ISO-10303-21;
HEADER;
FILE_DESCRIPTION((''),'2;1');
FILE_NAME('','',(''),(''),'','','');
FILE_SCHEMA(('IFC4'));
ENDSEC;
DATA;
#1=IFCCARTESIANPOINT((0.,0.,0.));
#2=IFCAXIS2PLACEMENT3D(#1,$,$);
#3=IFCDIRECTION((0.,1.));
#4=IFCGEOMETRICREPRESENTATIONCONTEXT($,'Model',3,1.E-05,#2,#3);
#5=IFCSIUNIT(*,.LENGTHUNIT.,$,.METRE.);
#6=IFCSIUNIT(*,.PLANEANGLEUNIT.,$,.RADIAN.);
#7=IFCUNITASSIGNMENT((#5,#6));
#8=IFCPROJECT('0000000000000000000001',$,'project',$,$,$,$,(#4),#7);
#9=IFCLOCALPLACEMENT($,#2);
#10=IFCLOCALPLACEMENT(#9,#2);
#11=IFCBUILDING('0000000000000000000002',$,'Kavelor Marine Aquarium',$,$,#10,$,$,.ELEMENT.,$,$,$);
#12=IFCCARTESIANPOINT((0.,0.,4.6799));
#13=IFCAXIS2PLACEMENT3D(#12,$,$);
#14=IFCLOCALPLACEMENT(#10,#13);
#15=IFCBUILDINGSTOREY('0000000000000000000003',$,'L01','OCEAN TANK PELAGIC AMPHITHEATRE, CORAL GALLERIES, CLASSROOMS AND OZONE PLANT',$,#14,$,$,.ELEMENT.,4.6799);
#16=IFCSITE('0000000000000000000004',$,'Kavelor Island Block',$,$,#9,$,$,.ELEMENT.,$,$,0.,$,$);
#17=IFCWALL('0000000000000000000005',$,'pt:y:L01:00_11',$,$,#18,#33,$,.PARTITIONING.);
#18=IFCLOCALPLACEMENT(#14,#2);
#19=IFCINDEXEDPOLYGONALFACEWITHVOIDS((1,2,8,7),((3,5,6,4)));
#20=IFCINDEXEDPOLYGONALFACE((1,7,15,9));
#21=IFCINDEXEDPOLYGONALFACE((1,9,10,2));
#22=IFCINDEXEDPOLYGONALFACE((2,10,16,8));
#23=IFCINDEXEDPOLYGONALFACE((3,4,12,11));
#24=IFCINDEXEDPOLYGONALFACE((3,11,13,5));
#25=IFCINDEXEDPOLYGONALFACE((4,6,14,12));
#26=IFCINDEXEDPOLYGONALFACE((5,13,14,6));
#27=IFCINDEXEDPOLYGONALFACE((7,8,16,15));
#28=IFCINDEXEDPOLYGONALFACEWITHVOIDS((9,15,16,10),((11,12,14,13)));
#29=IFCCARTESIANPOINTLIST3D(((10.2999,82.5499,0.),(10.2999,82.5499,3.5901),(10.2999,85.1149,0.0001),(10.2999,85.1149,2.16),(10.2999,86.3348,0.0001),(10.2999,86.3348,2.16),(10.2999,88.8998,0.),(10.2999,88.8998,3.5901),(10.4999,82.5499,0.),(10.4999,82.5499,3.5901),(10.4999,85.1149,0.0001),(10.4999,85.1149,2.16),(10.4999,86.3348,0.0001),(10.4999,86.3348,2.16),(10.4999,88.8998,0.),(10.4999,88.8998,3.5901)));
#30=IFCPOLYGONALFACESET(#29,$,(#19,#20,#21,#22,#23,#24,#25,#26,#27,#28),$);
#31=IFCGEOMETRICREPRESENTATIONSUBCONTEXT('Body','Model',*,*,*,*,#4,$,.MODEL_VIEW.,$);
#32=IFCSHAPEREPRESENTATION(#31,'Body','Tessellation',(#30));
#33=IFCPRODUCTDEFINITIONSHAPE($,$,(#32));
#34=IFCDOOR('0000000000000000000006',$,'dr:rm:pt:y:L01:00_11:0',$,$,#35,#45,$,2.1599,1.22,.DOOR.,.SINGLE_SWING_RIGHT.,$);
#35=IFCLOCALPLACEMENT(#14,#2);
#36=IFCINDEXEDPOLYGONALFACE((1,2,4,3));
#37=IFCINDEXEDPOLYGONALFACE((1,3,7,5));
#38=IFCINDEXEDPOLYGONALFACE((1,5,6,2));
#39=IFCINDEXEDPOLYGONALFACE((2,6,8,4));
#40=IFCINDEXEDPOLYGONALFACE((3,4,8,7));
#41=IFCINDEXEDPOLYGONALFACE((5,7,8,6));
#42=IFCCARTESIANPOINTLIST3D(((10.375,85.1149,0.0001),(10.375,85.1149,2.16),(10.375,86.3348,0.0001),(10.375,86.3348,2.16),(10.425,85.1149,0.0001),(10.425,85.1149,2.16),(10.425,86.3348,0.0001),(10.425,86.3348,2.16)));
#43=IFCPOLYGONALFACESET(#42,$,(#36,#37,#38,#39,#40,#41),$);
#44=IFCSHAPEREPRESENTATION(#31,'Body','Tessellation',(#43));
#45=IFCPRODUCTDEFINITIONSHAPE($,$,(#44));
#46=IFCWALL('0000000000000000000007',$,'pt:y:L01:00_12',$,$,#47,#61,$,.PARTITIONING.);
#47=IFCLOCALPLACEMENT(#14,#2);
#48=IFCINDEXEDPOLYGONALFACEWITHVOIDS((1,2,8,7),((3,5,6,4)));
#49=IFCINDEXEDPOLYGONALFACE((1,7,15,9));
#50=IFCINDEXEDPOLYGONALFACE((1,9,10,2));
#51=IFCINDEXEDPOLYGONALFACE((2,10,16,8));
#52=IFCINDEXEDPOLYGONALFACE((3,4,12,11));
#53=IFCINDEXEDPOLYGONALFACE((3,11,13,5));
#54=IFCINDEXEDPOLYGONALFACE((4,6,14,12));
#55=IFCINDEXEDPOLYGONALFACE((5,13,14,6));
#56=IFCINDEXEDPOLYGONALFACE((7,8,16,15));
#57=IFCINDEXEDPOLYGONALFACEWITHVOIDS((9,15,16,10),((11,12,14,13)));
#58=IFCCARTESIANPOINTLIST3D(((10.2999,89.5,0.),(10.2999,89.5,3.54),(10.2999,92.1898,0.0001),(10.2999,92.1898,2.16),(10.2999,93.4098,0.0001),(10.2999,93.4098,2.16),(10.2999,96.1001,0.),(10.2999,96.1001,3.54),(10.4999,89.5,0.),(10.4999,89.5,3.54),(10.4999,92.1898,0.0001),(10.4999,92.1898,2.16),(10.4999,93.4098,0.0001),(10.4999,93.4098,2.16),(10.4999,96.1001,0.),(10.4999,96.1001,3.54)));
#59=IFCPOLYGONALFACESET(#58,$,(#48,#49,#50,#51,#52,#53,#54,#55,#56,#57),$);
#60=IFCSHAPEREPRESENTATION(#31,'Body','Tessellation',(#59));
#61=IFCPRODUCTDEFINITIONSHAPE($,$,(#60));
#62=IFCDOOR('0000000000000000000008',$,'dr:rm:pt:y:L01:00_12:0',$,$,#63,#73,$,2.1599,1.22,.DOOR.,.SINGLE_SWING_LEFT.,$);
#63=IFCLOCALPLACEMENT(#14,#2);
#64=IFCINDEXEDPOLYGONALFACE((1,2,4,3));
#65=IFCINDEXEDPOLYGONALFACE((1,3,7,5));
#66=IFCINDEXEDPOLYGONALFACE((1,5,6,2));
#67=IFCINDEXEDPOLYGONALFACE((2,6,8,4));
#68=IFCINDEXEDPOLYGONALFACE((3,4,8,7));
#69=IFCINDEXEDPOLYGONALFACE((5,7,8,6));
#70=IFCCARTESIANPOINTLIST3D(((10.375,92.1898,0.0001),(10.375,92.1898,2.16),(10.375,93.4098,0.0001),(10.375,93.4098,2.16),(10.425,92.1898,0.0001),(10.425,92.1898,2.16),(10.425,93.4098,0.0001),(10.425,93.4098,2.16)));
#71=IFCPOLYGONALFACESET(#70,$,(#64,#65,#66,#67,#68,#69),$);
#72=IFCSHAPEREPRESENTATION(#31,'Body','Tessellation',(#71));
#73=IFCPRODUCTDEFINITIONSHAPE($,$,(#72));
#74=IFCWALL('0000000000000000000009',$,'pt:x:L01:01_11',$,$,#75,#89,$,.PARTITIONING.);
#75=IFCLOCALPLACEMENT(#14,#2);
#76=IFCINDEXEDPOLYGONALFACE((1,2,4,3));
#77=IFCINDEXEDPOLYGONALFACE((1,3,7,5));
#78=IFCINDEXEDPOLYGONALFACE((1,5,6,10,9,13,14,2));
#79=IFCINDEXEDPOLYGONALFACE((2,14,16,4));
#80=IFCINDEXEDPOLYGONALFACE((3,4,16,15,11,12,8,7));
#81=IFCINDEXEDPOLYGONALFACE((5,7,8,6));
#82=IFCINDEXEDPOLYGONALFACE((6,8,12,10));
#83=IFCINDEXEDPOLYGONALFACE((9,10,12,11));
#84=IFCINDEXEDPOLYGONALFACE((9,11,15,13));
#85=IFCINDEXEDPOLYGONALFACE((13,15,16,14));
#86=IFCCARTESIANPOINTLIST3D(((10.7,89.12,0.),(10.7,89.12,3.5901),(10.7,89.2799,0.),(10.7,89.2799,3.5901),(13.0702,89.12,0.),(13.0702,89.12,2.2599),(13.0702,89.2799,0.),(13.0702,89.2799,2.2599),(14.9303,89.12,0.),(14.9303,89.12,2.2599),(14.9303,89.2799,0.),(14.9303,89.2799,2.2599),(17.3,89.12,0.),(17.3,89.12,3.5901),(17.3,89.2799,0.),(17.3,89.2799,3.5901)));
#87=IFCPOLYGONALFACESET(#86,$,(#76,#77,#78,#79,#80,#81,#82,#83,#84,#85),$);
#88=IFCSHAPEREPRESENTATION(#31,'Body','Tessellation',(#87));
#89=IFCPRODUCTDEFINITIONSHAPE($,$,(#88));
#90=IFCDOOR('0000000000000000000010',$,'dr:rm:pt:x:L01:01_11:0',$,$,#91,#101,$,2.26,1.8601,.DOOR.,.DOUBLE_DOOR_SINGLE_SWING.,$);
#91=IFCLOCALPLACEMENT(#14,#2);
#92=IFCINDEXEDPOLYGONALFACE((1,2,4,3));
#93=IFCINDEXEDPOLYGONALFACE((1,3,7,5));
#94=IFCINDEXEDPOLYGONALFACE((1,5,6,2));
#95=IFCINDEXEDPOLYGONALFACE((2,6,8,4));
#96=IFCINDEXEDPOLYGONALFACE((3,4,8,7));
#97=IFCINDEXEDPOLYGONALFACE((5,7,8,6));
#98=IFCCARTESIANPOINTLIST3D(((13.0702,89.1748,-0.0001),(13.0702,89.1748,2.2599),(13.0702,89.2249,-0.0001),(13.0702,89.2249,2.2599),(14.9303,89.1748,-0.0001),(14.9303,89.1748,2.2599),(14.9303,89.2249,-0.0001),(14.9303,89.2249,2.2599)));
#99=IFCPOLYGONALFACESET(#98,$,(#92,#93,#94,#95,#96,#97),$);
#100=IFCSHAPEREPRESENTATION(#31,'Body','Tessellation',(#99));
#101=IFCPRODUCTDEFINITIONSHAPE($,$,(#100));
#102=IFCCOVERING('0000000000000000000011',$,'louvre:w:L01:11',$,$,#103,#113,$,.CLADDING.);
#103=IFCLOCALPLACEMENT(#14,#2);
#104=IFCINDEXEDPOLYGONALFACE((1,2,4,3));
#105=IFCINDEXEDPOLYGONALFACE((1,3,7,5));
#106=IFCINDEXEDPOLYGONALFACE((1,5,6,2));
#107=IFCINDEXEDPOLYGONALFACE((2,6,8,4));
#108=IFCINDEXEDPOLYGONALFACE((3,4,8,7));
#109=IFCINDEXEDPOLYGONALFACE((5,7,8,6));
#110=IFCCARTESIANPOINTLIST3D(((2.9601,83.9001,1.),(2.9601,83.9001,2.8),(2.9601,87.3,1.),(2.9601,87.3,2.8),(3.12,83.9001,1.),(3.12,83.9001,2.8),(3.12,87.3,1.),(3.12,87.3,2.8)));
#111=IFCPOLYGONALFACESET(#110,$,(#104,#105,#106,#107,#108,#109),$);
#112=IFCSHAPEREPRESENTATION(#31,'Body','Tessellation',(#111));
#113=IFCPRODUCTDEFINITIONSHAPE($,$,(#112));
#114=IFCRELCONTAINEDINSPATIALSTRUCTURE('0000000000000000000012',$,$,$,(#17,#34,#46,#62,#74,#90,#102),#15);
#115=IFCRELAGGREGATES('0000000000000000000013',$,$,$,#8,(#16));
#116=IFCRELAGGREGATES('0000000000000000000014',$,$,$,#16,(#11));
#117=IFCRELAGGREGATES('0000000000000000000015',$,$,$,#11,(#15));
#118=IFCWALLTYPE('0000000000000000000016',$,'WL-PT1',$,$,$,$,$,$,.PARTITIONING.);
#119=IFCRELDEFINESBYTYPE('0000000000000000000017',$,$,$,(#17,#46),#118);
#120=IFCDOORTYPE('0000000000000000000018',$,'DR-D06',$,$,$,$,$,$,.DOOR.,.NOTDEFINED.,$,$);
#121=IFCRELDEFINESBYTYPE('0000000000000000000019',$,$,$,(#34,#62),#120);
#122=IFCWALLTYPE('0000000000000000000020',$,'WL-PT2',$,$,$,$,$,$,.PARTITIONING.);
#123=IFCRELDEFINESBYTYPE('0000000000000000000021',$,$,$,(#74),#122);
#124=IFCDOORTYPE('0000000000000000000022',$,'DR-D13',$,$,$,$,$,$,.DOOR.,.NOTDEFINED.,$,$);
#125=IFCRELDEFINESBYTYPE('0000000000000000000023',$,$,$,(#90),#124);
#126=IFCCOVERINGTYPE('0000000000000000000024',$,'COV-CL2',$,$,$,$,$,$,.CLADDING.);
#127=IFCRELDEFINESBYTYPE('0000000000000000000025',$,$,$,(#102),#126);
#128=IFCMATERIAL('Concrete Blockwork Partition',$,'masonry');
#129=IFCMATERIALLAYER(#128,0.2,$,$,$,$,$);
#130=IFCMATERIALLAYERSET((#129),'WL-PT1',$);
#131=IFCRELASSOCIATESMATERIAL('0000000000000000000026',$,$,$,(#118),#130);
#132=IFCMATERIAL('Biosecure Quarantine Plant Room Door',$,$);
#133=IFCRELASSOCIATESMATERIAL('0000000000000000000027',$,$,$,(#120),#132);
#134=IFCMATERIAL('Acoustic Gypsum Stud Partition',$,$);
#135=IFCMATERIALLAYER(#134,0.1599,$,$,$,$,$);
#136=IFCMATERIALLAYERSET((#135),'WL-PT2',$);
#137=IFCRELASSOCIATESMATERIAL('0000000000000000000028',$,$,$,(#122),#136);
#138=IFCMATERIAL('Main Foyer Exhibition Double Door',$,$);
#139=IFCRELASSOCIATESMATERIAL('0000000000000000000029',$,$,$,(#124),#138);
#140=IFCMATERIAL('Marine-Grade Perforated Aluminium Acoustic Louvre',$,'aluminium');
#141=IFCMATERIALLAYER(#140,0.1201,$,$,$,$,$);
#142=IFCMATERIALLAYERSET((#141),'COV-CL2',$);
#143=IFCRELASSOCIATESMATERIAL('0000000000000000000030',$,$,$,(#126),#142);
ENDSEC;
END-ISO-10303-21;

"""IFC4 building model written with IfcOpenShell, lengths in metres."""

from ifc_helpers import new_model, si_unit, direction, frame, frame_2d, origin, origin_2d, place, context, subcontext, project, spatial, rectangle, extrude, material, layer, layer_set, type_object, element, fill, save


model = new_model("IFC4")

# Units and contexts
model_context = context("Model", 3, precision=1e-05, world=origin(), true_north=direction((0.0, 1.0)))
body_context = subcontext(model_context, "Body", "Model", "MODEL_VIEW")
ifc_project = project(units=[si_unit("LENGTHUNIT", "METRE"), si_unit("PLANEANGLEUNIT", "RADIAN")], contexts=[model_context])

# Site, building, storey
site_placement = place(None, origin())
site = spatial("IfcSite", under=ifc_project, at=site_placement, Name="Kavelor Island Block", CompositionType="ELEMENT", RefElevation=0.0)
building_placement = place(site_placement, origin())
building = spatial("IfcBuilding", under=site, at=building_placement, Name="Kavelor Marine Aquarium", CompositionType="ELEMENT")
storey_placement = place(building_placement, frame((0.0, 0.0, 4.6799)))
storey = spatial("IfcBuildingStorey", under=building, at=storey_placement, Name="L01", Description="OCEAN TANK PELAGIC AMPHITHEATRE, CORAL GALLERIES, CLASSROOMS AND OZONE PLANT", CompositionType="ELEMENT", Elevation=4.6799)

# Shared definitions
ifc_material_1 = material(Name="Concrete Blockwork Partition", Category="masonry")
ifc_layer_1 = layer(ifc_material_1, 0.2)
ifc_layer_set_1 = layer_set([ifc_layer_1], Name="WL-PT1")
wall_type_1 = type_object("IfcWallType", Name="WL-PT1", PredefinedType="PARTITIONING", material=ifc_layer_set_1)

# Walls, openings, doors
wall_1_placement = place(storey_placement, frame((10.3999, 82.55, 0.0), z_axis=(0.0, 0.0, 1.0), x_axis=(0.0, 1.0, 0.0)))
wall_1 = element("IfcWall", 1, at=wall_1_placement, inside=storey, type_object=wall_type_1, Name="pt:y:L01:00_11", PredefinedType="PARTITIONING", context=body_context, shape_type="SweptSolid", body=[
    extrude(rectangle(XDim=6.3499, YDim=0.2, at=frame_2d((3.1748, 0.0))), origin(), (0.0, 0.0, 1.0), 3.5901),
])
opening_1_placement = place(wall_1_placement, frame((2.5649, 0.0, 0.0)))
opening_1 = element("IfcOpeningElement", 2, at=opening_1_placement, cuts=wall_1, PredefinedType="OPENING", context=body_context, shape_type="SweptSolid", body=[
    extrude(rectangle(XDim=1.22, YDim=2.1599, at=frame_2d((0.6099, 1.0801))), frame((0.0, 0.1099, 0.0), z_axis=(0.0, -1.0, 0.0), x_axis=(1.0, 0.0, 0.0)), (0.0, 0.0, 1.0), 0.22),
])
ifc_material_2 = material(Name="Biosecure Quarantine Plant Room Door")
door_type_1 = type_object("IfcDoorType", Name="DR-D06", OperationType="NOTDEFINED", PredefinedType="DOOR", material=ifc_material_2)
door_1_placement = place(opening_1_placement, origin())
door_1 = element("IfcDoor", 3, at=door_1_placement, inside=storey, type_object=door_type_1, Name="dr:rm:pt:y:L01:00_11:0", OperationType="SINGLE_SWING_RIGHT", OverallHeight=2.1599, OverallWidth=1.22, PredefinedType="DOOR", context=body_context, shape_type="SweptSolid", body=[
    extrude(rectangle(XDim=1.22, YDim=2.1599, at=frame_2d((0.6099, 1.0801))), frame((0.0, 0.0249, 0.0), z_axis=(0.0, -1.0, 0.0), x_axis=(1.0, 0.0, 0.0)), (0.0, 0.0, 1.0), 0.05),
])
fill(opening_1, door_1)
wall_2_placement = place(storey_placement, frame((10.3999, 89.5, 0.0), z_axis=(0.0, 0.0, 1.0), x_axis=(0.0, 1.0, 0.0)))
wall_2 = element("IfcWall", 4, at=wall_2_placement, inside=storey, type_object=wall_type_1, Name="pt:y:L01:00_12", PredefinedType="PARTITIONING", context=body_context, shape_type="SweptSolid", body=[
    extrude(rectangle(XDim=6.6001, YDim=0.2, at=frame_2d((3.3, 0.0))), origin(), (0.0, 0.0, 1.0), 3.54),
])
opening_2_placement = place(wall_2_placement, frame((2.6899, 0.0, 0.0)))
opening_2 = element("IfcOpeningElement", 5, at=opening_2_placement, cuts=wall_2, PredefinedType="OPENING", context=body_context, shape_type="SweptSolid", body=[
    extrude(rectangle(XDim=1.22, YDim=2.1599, at=frame_2d((0.6099, 1.0801))), frame((0.0, 0.1099, 0.0), z_axis=(0.0, -1.0, 0.0), x_axis=(1.0, 0.0, 0.0)), (0.0, 0.0, 1.0), 0.22),
])
door_2_placement = place(opening_2_placement, origin())
door_2 = element("IfcDoor", 6, at=door_2_placement, inside=storey, type_object=door_type_1, Name="dr:rm:pt:y:L01:00_12:0", OperationType="SINGLE_SWING_LEFT", OverallHeight=2.1599, OverallWidth=1.22, PredefinedType="DOOR", context=body_context, shape_type="SweptSolid", body=[
    extrude(rectangle(XDim=1.22, YDim=2.1599, at=frame_2d((0.6099, 1.0801))), frame((0.0, 0.0249, 0.0), z_axis=(0.0, -1.0, 0.0), x_axis=(1.0, 0.0, 0.0)), (0.0, 0.0, 1.0), 0.05),
])
fill(opening_2, door_2)
ifc_material_3 = material(Name="Acoustic Gypsum Stud Partition")
ifc_layer_2 = layer(ifc_material_3, 0.1599)
ifc_layer_set_2 = layer_set([ifc_layer_2], Name="WL-PT2")
wall_type_2 = type_object("IfcWallType", Name="WL-PT2", PredefinedType="PARTITIONING", material=ifc_layer_set_2)
wall_3_placement = place(storey_placement, frame((10.7, 89.2, 0.0), z_axis=(0.0, 0.0, 1.0), x_axis=(1.0, 0.0, 0.0)))
wall_3 = element("IfcWall", 7, at=wall_3_placement, inside=storey, type_object=wall_type_2, Name="pt:x:L01:01_11", PredefinedType="PARTITIONING", context=body_context, shape_type="SweptSolid", body=[
    extrude(rectangle(XDim=6.6001, YDim=0.1599, at=frame_2d((3.3, 0.0))), origin(), (0.0, 0.0, 1.0), 3.5901),
])
opening_3_placement = place(wall_3_placement, frame((2.3701, 0.0, 0.0)))
opening_3 = element("IfcOpeningElement", 8, at=opening_3_placement, cuts=wall_3, PredefinedType="OPENING", context=body_context, shape_type="SweptSolid", body=[
    extrude(rectangle(XDim=1.8601, YDim=2.26, at=frame_2d((0.9302, 1.1299))), frame((0.0, 0.0898, 0.0), z_axis=(0.0, -1.0, 0.0), x_axis=(1.0, 0.0, 0.0)), (0.0, 0.0, 1.0), 0.1799),
])
ifc_material_4 = material(Name="Main Foyer Exhibition Double Door")
door_type_2 = type_object("IfcDoorType", Name="DR-D13", OperationType="NOTDEFINED", PredefinedType="DOOR", material=ifc_material_4)
door_3_placement = place(opening_3_placement, origin())
door_3 = element("IfcDoor", 9, at=door_3_placement, inside=storey, type_object=door_type_2, Name="dr:rm:pt:x:L01:01_11:0", OperationType="DOUBLE_DOOR_SINGLE_SWING", OverallHeight=2.26, OverallWidth=1.8601, PredefinedType="DOOR", context=body_context, shape_type="SweptSolid", body=[
    extrude(rectangle(XDim=1.8601, YDim=2.26, at=frame_2d((0.9302, 1.1299))), frame((0.0, 0.0249, 0.0), z_axis=(0.0, -1.0, 0.0), x_axis=(1.0, 0.0, 0.0)), (0.0, 0.0, 1.0), 0.05),
])
fill(opening_3, door_3)

# Covering
ifc_material_5 = material(Name="Marine-Grade Perforated Aluminium Acoustic Louvre", Category="aluminium")
ifc_layer_3 = layer(ifc_material_5, 0.1201)
ifc_layer_set_3 = layer_set([ifc_layer_3], Name="COV-CL2")
covering_type = type_object("IfcCoveringType", Name="COV-CL2", PredefinedType="CLADDING", material=ifc_layer_set_3)
covering_placement = place(storey_placement, frame((3.04, 85.6001, 1.0), z_axis=(0.0, 0.0, 1.0), x_axis=(1.0, 0.0, 0.0)))
element("IfcCovering", 10, at=covering_placement, inside=storey, type_object=covering_type, Name="louvre:w:L01:11", PredefinedType="CLADDING", context=body_context, shape_type="SweptSolid", body=[
    extrude(rectangle(XDim=0.1599, YDim=3.3999, at=origin_2d()), origin(), (0.0, 0.0, 1.0), 1.8),
])

save(model, "model.ifc")
